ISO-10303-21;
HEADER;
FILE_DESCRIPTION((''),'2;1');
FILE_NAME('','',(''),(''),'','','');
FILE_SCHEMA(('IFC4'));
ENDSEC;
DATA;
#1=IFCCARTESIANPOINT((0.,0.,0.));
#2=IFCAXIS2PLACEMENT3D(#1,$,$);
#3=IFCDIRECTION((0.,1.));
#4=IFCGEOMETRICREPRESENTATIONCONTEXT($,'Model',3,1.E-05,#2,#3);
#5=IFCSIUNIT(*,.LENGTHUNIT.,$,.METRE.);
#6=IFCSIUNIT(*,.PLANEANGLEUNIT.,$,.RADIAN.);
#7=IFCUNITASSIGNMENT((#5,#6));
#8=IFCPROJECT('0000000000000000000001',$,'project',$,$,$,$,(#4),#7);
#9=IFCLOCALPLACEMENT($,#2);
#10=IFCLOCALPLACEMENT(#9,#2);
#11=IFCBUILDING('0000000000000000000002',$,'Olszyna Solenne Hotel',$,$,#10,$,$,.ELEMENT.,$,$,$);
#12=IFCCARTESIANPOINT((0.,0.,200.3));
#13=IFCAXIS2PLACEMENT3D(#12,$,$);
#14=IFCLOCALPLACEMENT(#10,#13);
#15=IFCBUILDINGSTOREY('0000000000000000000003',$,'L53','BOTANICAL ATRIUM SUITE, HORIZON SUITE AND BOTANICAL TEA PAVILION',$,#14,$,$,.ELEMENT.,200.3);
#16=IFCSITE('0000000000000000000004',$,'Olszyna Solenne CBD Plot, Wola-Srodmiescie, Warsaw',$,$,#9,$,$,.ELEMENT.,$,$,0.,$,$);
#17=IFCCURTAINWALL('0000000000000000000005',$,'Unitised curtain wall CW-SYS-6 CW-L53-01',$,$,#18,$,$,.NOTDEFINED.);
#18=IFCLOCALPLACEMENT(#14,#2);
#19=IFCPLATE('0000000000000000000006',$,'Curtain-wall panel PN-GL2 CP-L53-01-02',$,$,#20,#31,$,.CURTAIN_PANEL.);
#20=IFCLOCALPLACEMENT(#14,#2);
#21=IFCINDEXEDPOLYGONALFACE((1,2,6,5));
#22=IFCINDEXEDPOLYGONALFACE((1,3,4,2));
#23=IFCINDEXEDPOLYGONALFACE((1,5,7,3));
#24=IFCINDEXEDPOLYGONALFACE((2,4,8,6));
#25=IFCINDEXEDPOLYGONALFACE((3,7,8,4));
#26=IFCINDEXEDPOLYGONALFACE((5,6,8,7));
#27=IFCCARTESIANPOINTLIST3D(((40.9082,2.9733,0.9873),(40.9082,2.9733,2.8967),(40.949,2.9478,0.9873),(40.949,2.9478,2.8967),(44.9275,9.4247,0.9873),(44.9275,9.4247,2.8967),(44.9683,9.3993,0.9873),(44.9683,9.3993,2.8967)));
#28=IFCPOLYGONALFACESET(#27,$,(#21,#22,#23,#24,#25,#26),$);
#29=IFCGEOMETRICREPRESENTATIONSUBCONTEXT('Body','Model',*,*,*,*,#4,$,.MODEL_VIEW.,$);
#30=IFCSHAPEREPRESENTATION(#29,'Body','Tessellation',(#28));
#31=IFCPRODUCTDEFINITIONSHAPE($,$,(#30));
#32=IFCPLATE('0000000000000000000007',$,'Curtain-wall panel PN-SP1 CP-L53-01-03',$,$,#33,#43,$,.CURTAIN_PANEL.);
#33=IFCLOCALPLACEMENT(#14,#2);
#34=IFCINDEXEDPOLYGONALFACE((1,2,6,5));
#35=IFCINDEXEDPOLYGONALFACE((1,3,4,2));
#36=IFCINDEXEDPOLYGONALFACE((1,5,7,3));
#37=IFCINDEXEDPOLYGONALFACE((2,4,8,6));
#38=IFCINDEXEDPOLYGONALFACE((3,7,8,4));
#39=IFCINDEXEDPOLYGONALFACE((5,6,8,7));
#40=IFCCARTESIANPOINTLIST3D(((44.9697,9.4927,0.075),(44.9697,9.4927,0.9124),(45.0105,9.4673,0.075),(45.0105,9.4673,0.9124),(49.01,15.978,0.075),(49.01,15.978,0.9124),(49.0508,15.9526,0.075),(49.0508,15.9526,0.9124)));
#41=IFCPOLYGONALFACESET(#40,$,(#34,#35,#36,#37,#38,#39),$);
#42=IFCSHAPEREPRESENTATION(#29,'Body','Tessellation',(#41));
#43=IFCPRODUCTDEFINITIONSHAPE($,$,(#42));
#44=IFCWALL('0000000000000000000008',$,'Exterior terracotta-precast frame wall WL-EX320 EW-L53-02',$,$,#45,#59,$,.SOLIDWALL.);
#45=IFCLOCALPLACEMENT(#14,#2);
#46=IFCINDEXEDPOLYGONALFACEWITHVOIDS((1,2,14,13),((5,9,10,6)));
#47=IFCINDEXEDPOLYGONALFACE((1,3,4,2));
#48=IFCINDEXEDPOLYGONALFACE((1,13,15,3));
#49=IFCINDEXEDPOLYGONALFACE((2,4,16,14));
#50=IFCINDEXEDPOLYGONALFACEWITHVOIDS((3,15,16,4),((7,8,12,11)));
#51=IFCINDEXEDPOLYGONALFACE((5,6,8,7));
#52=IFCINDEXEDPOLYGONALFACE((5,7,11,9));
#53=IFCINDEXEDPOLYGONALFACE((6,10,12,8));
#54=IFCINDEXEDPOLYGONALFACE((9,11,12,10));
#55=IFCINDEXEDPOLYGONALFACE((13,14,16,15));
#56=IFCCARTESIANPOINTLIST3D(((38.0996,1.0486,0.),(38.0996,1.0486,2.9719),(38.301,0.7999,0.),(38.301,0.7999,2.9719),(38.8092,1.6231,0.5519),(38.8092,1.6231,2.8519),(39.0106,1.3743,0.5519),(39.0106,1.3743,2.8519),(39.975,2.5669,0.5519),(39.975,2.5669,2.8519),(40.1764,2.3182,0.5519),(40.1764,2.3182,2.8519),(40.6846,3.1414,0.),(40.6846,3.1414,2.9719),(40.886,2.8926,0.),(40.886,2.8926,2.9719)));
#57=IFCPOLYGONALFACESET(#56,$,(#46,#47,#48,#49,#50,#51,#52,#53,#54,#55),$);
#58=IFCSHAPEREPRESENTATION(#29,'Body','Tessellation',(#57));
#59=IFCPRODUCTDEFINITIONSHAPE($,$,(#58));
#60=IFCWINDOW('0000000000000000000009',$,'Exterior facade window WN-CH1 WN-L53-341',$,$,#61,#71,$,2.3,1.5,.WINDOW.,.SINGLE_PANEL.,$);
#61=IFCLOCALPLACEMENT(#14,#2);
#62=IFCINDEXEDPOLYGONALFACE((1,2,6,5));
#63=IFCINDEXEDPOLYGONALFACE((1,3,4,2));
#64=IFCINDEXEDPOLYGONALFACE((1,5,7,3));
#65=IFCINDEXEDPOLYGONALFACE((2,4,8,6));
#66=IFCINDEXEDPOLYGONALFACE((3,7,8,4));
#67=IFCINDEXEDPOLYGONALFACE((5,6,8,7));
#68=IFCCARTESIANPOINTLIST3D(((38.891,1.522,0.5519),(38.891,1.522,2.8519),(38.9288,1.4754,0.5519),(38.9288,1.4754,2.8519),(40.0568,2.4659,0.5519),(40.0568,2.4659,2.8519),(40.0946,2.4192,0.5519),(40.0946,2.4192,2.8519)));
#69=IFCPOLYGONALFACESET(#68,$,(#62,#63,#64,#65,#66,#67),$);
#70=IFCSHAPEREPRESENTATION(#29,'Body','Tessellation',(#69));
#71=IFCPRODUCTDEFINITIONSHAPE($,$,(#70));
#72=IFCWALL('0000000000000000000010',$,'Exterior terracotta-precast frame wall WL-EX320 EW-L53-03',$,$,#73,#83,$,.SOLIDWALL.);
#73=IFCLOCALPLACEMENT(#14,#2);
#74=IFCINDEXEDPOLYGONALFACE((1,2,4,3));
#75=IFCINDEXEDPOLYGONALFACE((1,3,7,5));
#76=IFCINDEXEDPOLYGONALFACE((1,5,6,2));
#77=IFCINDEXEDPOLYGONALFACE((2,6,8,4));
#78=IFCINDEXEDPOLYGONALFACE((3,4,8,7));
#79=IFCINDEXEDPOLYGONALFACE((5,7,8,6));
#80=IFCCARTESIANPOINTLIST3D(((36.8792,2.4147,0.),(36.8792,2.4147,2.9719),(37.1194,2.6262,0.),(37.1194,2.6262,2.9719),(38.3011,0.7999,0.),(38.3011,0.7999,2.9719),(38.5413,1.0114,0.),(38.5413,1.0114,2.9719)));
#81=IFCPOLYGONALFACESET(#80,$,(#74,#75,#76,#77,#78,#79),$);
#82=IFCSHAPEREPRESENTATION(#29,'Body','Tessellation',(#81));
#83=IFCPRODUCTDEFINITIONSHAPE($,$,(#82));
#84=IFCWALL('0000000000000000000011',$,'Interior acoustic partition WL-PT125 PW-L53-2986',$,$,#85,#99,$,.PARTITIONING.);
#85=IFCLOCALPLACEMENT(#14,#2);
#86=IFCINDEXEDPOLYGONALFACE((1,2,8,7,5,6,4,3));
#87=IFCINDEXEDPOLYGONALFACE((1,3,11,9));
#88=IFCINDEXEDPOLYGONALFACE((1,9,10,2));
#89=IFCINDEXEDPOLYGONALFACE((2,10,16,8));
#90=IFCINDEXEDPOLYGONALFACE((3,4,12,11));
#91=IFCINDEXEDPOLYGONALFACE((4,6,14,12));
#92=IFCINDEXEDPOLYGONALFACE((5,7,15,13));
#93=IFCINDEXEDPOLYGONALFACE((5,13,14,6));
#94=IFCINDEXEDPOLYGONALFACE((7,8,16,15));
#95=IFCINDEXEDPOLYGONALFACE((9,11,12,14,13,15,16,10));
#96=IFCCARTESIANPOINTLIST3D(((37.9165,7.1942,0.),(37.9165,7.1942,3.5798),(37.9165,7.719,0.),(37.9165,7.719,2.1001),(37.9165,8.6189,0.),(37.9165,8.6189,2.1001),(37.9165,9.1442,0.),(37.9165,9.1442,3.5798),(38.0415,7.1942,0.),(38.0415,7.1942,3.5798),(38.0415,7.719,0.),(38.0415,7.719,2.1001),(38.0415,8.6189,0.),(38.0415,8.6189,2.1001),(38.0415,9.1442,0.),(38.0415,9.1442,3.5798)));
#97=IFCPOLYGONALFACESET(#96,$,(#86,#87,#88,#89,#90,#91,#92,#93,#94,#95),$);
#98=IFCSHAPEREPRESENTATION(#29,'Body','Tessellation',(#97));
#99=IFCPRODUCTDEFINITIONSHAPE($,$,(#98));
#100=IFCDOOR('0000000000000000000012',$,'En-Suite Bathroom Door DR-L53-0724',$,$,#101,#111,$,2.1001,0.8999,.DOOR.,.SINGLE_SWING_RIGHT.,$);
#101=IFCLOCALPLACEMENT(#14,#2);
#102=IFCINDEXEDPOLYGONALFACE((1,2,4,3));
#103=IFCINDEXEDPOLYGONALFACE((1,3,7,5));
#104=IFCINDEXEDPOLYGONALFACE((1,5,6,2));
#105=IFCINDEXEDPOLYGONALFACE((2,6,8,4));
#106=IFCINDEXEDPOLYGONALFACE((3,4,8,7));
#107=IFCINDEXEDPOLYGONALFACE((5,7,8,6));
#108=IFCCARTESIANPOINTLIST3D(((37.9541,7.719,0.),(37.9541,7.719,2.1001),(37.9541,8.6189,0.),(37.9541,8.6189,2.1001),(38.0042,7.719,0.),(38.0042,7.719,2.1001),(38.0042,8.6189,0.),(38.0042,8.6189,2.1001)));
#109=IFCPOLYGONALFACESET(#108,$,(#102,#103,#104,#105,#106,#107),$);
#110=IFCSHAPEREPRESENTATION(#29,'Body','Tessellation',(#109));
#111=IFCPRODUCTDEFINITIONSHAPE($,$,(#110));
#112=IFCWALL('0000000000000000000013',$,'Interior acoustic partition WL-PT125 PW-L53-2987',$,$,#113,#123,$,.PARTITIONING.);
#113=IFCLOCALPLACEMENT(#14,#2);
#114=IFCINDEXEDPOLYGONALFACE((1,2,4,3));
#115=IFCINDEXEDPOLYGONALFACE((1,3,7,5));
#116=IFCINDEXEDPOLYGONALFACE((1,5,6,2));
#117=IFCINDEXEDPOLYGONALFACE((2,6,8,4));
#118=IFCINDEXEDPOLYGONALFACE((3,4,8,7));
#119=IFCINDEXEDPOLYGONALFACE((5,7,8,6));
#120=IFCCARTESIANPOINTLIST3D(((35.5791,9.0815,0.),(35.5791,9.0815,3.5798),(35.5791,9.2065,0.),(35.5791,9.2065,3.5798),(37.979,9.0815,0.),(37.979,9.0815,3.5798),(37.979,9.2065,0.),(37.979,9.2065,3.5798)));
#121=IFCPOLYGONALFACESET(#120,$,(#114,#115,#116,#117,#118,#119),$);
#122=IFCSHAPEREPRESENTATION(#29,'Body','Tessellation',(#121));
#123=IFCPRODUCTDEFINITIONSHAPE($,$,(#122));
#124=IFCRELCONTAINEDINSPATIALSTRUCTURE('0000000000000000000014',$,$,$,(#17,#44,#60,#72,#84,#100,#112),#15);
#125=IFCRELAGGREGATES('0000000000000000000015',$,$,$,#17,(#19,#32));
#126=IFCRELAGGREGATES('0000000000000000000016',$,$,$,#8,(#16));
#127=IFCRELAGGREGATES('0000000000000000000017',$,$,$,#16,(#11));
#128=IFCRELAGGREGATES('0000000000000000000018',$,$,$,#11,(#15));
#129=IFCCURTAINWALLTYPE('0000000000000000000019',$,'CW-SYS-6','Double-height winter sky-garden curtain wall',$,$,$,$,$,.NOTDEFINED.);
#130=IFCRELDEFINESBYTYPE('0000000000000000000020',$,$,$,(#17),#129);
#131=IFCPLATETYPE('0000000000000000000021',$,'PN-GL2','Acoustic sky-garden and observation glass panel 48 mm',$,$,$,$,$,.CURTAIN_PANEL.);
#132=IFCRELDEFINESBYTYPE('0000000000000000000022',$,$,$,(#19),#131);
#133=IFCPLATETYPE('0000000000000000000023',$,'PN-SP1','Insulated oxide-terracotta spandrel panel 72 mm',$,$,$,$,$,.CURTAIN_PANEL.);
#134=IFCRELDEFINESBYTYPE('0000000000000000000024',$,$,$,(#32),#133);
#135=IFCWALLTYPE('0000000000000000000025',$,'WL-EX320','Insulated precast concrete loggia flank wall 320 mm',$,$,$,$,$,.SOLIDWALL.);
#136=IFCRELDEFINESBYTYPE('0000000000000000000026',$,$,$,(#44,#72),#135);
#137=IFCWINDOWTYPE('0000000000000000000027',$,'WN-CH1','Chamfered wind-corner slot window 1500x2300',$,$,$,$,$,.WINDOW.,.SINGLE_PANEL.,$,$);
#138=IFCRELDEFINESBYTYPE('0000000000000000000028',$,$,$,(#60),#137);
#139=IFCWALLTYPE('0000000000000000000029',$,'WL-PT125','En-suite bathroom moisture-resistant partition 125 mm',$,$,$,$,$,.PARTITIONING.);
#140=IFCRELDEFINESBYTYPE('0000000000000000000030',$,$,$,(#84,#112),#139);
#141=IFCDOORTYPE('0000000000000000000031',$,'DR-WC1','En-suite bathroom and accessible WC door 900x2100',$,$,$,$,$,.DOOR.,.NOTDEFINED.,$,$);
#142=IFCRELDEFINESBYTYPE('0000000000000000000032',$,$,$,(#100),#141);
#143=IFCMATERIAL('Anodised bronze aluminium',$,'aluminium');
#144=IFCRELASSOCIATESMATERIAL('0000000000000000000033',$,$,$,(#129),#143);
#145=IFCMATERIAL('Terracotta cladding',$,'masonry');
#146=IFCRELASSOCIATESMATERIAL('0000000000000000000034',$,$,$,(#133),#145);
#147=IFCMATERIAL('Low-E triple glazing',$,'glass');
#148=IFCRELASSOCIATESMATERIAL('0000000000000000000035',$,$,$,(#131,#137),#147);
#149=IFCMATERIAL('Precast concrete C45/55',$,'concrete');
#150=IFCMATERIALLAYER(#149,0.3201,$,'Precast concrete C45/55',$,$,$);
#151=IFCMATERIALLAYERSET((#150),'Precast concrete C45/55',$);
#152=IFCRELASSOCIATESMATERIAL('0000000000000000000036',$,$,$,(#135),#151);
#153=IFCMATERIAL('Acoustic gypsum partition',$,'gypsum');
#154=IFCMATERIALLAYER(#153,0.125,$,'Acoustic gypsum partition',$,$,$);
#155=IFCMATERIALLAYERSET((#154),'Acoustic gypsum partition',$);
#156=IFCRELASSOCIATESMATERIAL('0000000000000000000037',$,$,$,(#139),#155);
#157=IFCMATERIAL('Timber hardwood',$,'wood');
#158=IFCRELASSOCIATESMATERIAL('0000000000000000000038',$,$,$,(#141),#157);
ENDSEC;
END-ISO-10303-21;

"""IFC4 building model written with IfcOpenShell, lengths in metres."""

from ifc_helpers import new_model, si_unit, direction, frame, frame_2d, origin, origin_2d, place, context, subcontext, project, spatial, rectangle, extrude, source, transform, mapped, material, layer, layer_set, type_object, type_shapes, element, fill, aggregate, save


model = new_model("IFC4")

# Units and contexts
model_context = context("Model", 3, precision=1e-05, world=origin(), true_north=direction((0.0, 1.0)))
body_context = subcontext(model_context, "Body", "Model", "MODEL_VIEW")
ifc_project = project(units=[si_unit("LENGTHUNIT", "METRE"), si_unit("PLANEANGLEUNIT", "RADIAN")], contexts=[model_context])

# Site, building, storey
site_placement = place(None, origin())
site = spatial("IfcSite", under=ifc_project, at=site_placement, Name="Olszyna Solenne CBD Plot, Wola-Srodmiescie, Warsaw", CompositionType="ELEMENT", RefElevation=0.0)
building_placement = place(site_placement, origin())
building = spatial("IfcBuilding", under=site, at=building_placement, Name="Olszyna Solenne Hotel", CompositionType="ELEMENT")
storey_placement = place(building_placement, frame((0.0, 0.0, 200.3)))
storey = spatial("IfcBuildingStorey", under=building, at=storey_placement, Name="L53", Description="BOTANICAL ATRIUM SUITE, HORIZON SUITE AND BOTANICAL TEA PAVILION", CompositionType="ELEMENT", Elevation=200.3)

# Curtain wall
ifc_material_1 = material(Name="Anodised bronze aluminium", Category="aluminium")
curtain_wall_type = type_object("IfcCurtainWallType", Name="CW-SYS-6", Description="Double-height winter sky-garden curtain wall", PredefinedType="NOTDEFINED", material=ifc_material_1)
curtain_wall_placement = place(storey_placement, origin())
curtain_wall = element("IfcCurtainWall", 1, at=curtain_wall_placement, inside=storey, type_object=curtain_wall_type, Name="Unitised curtain wall CW-SYS-6 CW-L53-01", PredefinedType="NOTDEFINED")

# Plates
ifc_material_2 = material(Name="Terracotta cladding", Category="masonry")
plate_type_1 = type_object("IfcPlateType", Name="PN-SP1", Description="Insulated oxide-terracotta spandrel panel 72 mm", PredefinedType="CURTAIN_PANEL", material=ifc_material_2)
ifc_material_3 = material(Name="Low-E triple glazing", Category="glass")
plate_type_2 = type_object("IfcPlateType", Name="PN-GL2", Description="Acoustic sky-garden and observation glass panel 48 mm", PredefinedType="CURTAIN_PANEL", material=ifc_material_3)
shared_shape_1 = source(origin(), body_context, "Body", "SweptSolid", [
    extrude(rectangle(XDim=7.6011, YDim=0.0481, at=origin_2d()), origin(), (0.0, 0.0, 1.0), 1.9094),
])
plate_1_placement = place(storey_placement, frame((42.9382, 6.1863, 0.9873), z_axis=(0.0, 0.0, 1.0), x_axis=(0.528781, 0.848758, 0.0)))
plate_1 = element("IfcPlate", 2, at=plate_1_placement, type_object=plate_type_2, Name="Curtain-wall panel PN-GL2 CP-L53-01-02", PredefinedType="CURTAIN_PANEL", context=body_context, shape_type="MappedRepresentation", body=[
    mapped(shared_shape_1, transform((0.0, 0.0, 0.0), x_axis=(1.0, 0.0, 0.0), y_axis=(0.0, 1.0, 0.0), z_axis=(0.0, 0.0, 1.0), scale=1.0)),
])
shared_shape_2 = source(origin(), body_context, "Body", "SweptSolid", [
    extrude(rectangle(XDim=7.6409, YDim=0.0481, at=origin_2d()), origin(), (0.0, 0.0, 1.0), 0.8374),
])
plate_2_placement = place(storey_placement, frame((47.0103, 12.7227, 0.075), z_axis=(0.0, 0.0, 1.0), x_axis=(0.528781, 0.848758, 0.0)))
plate_2 = element("IfcPlate", 3, at=plate_2_placement, type_object=plate_type_1, Name="Curtain-wall panel PN-SP1 CP-L53-01-03", PredefinedType="CURTAIN_PANEL", context=body_context, shape_type="MappedRepresentation", body=[
    mapped(shared_shape_2, transform((0.0, 0.0, 0.0), x_axis=(1.0, 0.0, 0.0), y_axis=(0.0, 1.0, 0.0), z_axis=(0.0, 0.0, 1.0), scale=1.0)),
])
aggregate(curtain_wall, [plate_1, plate_2])

# Wall, opening, window
ifc_material_4 = material(Name="Precast concrete C45/55", Category="concrete")
ifc_layer_1 = layer(ifc_material_4, 0.3201, Name="Precast concrete C45/55")
ifc_layer_set_1 = layer_set([ifc_layer_1], Name="Precast concrete C45/55")
wall_type_1 = type_object("IfcWallType", Name="WL-EX320", Description="Insulated precast concrete loggia flank wall 320 mm", PredefinedType="SOLIDWALL", material=ifc_layer_set_1)
wall_1_placement = place(storey_placement, frame((40.7854, 3.0171, 0.0), z_axis=(0.0, 0.0, 1.0), x_axis=(-0.777218, -0.629232, 0.0)))
wall_1 = element("IfcWall", 4, at=wall_1_placement, inside=storey, type_object=wall_type_1, Name="Exterior terracotta-precast frame wall WL-EX320 EW-L53-02", PredefinedType="SOLIDWALL", context=body_context, shape_type="SweptSolid", body=[
    extrude(rectangle(XDim=3.3259, YDim=0.3201, at=frame_2d((1.6631, 0.0))), origin(), (0.0, 0.0, 1.0), 2.9719),
])
opening_1_placement = place(wall_1_placement, frame((0.9131, 0.0, 0.552)))
opening_1 = element("IfcOpeningElement", 5, at=opening_1_placement, cuts=wall_1, PredefinedType="OPENING", context=body_context, shape_type="SweptSolid", body=[
    extrude(rectangle(XDim=1.5, YDim=2.3, at=frame_2d((0.75, 1.1499))), frame((0.0, 0.1699, 0.0), z_axis=(0.0, -1.0, 0.0), x_axis=(1.0, 0.0, 0.0)), (0.0, 0.0, 1.0), 0.3401),
])
window_type = type_object("IfcWindowType", Name="WN-CH1", Description="Chamfered wind-corner slot window 1500x2300", PartitioningType="SINGLE_PANEL", PredefinedType="WINDOW", material=ifc_material_3)
shared_shape_3 = source(origin(), body_context, "Body", "SweptSolid", [
    extrude(rectangle(XDim=1.5, YDim=2.3, at=frame_2d((0.75, 1.1499))), frame((0.0, 0.03, 0.0), z_axis=(0.0, -1.0, 0.0), x_axis=(1.0, 0.0, 0.0)), (0.0, 0.0, 1.0), 0.0601),
])
type_shapes(window_type, [shared_shape_3])
window_placement = place(opening_1_placement, origin())
window = element("IfcWindow", 6, at=window_placement, inside=storey, type_object=window_type, Name="Exterior facade window WN-CH1 WN-L53-341", OverallHeight=2.3, OverallWidth=1.5, PartitioningType="SINGLE_PANEL", PredefinedType="WINDOW", context=body_context, shape_type="MappedRepresentation", body=[
    mapped(shared_shape_3, transform((0.0, 0.0, 0.0), x_axis=(1.0, 0.0, 0.0), y_axis=(0.0, 1.0, 0.0), z_axis=(0.0, 0.0, 1.0), scale=1.0)),
])
fill(opening_1, window)

# Wall
wall_2_placement = place(storey_placement, frame((38.4211, 0.9058, 0.0), z_axis=(0.0, 0.0, 1.0), x_axis=(-0.660863, 0.750506, 0.0)))
element("IfcWall", 7, at=wall_2_placement, inside=storey, type_object=wall_type_1, Name="Exterior terracotta-precast frame wall WL-EX320 EW-L53-03", PredefinedType="SOLIDWALL", context=body_context, shape_type="SweptSolid", body=[
    extrude(rectangle(XDim=2.1516, YDim=0.3201, at=frame_2d((1.0757, 0.0))), origin(), (0.0, 0.0, 1.0), 2.9719),
])

# Wall, opening, door
ifc_material_5 = material(Name="Acoustic gypsum partition", Category="gypsum")
ifc_layer_2 = layer(ifc_material_5, 0.125, Name="Acoustic gypsum partition")
ifc_layer_set_2 = layer_set([ifc_layer_2], Name="Acoustic gypsum partition")
wall_type_2 = type_object("IfcWallType", Name="WL-PT125", Description="En-suite bathroom moisture-resistant partition 125 mm", PredefinedType="PARTITIONING", material=ifc_layer_set_2)
wall_3_placement = place(storey_placement, frame((37.979, 7.1941, 0.0), z_axis=(0.0, 0.0, 1.0), x_axis=(0.0, 1.0, 0.0)))
wall_3 = element("IfcWall", 8, at=wall_3_placement, inside=storey, type_object=wall_type_2, Name="Interior acoustic partition WL-PT125 PW-L53-2986", PredefinedType="PARTITIONING", context=body_context, shape_type="SweptSolid", body=[
    extrude(rectangle(XDim=1.95, YDim=0.125, at=frame_2d((0.9751, 0.0))), origin(), (0.0, 0.0, 1.0), 3.5798),
])
opening_2_placement = place(wall_3_placement, frame((0.5249, 0.0, 0.0)))
opening_2 = element("IfcOpeningElement", 9, at=opening_2_placement, cuts=wall_3, PredefinedType="OPENING", context=body_context, shape_type="SweptSolid", body=[
    extrude(rectangle(XDim=0.8999, YDim=2.1001, at=frame_2d((0.45, 1.05))), frame((0.0, 0.0725, 0.0), z_axis=(0.0, -1.0, 0.0), x_axis=(1.0, 0.0, 0.0)), (0.0, 0.0, 1.0), 0.145),
])
ifc_material_6 = material(Name="Timber hardwood", Category="wood")
door_type = type_object("IfcDoorType", Name="DR-WC1", Description="En-suite bathroom and accessible WC door 900x2100", OperationType="NOTDEFINED", PredefinedType="DOOR", material=ifc_material_6)
shared_shape_4 = source(origin(), body_context, "Body", "SweptSolid", [
    extrude(rectangle(XDim=0.8999, YDim=2.1001, at=frame_2d((0.45, 1.05))), frame((0.0, 0.0249, 0.0), z_axis=(0.0, -1.0, 0.0), x_axis=(1.0, 0.0, 0.0)), (0.0, 0.0, 1.0), 0.05),
])
type_shapes(door_type, [shared_shape_4])
door_placement = place(opening_2_placement, origin())
door = element("IfcDoor", 10, at=door_placement, inside=storey, type_object=door_type, Name="En-Suite Bathroom Door DR-L53-0724", OperationType="SINGLE_SWING_RIGHT", OverallHeight=2.1001, OverallWidth=0.8999, PredefinedType="DOOR", context=body_context, shape_type="MappedRepresentation", body=[
    mapped(shared_shape_4, transform((0.0, 0.0, 0.0), x_axis=(1.0, 0.0, 0.0), y_axis=(0.0, 1.0, 0.0), z_axis=(0.0, 0.0, 1.0), scale=1.0)),
])
fill(opening_2, door)

# Wall
wall_4_placement = place(storey_placement, frame((37.979, 9.144, 0.0), z_axis=(0.0, 0.0, 1.0), x_axis=(-1.0, 0.0, 0.0)))
element("IfcWall", 11, at=wall_4_placement, inside=storey, type_object=wall_type_2, Name="Interior acoustic partition WL-PT125 PW-L53-2987", PredefinedType="PARTITIONING", context=body_context, shape_type="SweptSolid", body=[
    extrude(rectangle(XDim=2.3999, YDim=0.125, at=frame_2d((1.2, 0.0))), origin(), (0.0, 0.0, 1.0), 3.5798),
])

save(model, "model.ifc")
